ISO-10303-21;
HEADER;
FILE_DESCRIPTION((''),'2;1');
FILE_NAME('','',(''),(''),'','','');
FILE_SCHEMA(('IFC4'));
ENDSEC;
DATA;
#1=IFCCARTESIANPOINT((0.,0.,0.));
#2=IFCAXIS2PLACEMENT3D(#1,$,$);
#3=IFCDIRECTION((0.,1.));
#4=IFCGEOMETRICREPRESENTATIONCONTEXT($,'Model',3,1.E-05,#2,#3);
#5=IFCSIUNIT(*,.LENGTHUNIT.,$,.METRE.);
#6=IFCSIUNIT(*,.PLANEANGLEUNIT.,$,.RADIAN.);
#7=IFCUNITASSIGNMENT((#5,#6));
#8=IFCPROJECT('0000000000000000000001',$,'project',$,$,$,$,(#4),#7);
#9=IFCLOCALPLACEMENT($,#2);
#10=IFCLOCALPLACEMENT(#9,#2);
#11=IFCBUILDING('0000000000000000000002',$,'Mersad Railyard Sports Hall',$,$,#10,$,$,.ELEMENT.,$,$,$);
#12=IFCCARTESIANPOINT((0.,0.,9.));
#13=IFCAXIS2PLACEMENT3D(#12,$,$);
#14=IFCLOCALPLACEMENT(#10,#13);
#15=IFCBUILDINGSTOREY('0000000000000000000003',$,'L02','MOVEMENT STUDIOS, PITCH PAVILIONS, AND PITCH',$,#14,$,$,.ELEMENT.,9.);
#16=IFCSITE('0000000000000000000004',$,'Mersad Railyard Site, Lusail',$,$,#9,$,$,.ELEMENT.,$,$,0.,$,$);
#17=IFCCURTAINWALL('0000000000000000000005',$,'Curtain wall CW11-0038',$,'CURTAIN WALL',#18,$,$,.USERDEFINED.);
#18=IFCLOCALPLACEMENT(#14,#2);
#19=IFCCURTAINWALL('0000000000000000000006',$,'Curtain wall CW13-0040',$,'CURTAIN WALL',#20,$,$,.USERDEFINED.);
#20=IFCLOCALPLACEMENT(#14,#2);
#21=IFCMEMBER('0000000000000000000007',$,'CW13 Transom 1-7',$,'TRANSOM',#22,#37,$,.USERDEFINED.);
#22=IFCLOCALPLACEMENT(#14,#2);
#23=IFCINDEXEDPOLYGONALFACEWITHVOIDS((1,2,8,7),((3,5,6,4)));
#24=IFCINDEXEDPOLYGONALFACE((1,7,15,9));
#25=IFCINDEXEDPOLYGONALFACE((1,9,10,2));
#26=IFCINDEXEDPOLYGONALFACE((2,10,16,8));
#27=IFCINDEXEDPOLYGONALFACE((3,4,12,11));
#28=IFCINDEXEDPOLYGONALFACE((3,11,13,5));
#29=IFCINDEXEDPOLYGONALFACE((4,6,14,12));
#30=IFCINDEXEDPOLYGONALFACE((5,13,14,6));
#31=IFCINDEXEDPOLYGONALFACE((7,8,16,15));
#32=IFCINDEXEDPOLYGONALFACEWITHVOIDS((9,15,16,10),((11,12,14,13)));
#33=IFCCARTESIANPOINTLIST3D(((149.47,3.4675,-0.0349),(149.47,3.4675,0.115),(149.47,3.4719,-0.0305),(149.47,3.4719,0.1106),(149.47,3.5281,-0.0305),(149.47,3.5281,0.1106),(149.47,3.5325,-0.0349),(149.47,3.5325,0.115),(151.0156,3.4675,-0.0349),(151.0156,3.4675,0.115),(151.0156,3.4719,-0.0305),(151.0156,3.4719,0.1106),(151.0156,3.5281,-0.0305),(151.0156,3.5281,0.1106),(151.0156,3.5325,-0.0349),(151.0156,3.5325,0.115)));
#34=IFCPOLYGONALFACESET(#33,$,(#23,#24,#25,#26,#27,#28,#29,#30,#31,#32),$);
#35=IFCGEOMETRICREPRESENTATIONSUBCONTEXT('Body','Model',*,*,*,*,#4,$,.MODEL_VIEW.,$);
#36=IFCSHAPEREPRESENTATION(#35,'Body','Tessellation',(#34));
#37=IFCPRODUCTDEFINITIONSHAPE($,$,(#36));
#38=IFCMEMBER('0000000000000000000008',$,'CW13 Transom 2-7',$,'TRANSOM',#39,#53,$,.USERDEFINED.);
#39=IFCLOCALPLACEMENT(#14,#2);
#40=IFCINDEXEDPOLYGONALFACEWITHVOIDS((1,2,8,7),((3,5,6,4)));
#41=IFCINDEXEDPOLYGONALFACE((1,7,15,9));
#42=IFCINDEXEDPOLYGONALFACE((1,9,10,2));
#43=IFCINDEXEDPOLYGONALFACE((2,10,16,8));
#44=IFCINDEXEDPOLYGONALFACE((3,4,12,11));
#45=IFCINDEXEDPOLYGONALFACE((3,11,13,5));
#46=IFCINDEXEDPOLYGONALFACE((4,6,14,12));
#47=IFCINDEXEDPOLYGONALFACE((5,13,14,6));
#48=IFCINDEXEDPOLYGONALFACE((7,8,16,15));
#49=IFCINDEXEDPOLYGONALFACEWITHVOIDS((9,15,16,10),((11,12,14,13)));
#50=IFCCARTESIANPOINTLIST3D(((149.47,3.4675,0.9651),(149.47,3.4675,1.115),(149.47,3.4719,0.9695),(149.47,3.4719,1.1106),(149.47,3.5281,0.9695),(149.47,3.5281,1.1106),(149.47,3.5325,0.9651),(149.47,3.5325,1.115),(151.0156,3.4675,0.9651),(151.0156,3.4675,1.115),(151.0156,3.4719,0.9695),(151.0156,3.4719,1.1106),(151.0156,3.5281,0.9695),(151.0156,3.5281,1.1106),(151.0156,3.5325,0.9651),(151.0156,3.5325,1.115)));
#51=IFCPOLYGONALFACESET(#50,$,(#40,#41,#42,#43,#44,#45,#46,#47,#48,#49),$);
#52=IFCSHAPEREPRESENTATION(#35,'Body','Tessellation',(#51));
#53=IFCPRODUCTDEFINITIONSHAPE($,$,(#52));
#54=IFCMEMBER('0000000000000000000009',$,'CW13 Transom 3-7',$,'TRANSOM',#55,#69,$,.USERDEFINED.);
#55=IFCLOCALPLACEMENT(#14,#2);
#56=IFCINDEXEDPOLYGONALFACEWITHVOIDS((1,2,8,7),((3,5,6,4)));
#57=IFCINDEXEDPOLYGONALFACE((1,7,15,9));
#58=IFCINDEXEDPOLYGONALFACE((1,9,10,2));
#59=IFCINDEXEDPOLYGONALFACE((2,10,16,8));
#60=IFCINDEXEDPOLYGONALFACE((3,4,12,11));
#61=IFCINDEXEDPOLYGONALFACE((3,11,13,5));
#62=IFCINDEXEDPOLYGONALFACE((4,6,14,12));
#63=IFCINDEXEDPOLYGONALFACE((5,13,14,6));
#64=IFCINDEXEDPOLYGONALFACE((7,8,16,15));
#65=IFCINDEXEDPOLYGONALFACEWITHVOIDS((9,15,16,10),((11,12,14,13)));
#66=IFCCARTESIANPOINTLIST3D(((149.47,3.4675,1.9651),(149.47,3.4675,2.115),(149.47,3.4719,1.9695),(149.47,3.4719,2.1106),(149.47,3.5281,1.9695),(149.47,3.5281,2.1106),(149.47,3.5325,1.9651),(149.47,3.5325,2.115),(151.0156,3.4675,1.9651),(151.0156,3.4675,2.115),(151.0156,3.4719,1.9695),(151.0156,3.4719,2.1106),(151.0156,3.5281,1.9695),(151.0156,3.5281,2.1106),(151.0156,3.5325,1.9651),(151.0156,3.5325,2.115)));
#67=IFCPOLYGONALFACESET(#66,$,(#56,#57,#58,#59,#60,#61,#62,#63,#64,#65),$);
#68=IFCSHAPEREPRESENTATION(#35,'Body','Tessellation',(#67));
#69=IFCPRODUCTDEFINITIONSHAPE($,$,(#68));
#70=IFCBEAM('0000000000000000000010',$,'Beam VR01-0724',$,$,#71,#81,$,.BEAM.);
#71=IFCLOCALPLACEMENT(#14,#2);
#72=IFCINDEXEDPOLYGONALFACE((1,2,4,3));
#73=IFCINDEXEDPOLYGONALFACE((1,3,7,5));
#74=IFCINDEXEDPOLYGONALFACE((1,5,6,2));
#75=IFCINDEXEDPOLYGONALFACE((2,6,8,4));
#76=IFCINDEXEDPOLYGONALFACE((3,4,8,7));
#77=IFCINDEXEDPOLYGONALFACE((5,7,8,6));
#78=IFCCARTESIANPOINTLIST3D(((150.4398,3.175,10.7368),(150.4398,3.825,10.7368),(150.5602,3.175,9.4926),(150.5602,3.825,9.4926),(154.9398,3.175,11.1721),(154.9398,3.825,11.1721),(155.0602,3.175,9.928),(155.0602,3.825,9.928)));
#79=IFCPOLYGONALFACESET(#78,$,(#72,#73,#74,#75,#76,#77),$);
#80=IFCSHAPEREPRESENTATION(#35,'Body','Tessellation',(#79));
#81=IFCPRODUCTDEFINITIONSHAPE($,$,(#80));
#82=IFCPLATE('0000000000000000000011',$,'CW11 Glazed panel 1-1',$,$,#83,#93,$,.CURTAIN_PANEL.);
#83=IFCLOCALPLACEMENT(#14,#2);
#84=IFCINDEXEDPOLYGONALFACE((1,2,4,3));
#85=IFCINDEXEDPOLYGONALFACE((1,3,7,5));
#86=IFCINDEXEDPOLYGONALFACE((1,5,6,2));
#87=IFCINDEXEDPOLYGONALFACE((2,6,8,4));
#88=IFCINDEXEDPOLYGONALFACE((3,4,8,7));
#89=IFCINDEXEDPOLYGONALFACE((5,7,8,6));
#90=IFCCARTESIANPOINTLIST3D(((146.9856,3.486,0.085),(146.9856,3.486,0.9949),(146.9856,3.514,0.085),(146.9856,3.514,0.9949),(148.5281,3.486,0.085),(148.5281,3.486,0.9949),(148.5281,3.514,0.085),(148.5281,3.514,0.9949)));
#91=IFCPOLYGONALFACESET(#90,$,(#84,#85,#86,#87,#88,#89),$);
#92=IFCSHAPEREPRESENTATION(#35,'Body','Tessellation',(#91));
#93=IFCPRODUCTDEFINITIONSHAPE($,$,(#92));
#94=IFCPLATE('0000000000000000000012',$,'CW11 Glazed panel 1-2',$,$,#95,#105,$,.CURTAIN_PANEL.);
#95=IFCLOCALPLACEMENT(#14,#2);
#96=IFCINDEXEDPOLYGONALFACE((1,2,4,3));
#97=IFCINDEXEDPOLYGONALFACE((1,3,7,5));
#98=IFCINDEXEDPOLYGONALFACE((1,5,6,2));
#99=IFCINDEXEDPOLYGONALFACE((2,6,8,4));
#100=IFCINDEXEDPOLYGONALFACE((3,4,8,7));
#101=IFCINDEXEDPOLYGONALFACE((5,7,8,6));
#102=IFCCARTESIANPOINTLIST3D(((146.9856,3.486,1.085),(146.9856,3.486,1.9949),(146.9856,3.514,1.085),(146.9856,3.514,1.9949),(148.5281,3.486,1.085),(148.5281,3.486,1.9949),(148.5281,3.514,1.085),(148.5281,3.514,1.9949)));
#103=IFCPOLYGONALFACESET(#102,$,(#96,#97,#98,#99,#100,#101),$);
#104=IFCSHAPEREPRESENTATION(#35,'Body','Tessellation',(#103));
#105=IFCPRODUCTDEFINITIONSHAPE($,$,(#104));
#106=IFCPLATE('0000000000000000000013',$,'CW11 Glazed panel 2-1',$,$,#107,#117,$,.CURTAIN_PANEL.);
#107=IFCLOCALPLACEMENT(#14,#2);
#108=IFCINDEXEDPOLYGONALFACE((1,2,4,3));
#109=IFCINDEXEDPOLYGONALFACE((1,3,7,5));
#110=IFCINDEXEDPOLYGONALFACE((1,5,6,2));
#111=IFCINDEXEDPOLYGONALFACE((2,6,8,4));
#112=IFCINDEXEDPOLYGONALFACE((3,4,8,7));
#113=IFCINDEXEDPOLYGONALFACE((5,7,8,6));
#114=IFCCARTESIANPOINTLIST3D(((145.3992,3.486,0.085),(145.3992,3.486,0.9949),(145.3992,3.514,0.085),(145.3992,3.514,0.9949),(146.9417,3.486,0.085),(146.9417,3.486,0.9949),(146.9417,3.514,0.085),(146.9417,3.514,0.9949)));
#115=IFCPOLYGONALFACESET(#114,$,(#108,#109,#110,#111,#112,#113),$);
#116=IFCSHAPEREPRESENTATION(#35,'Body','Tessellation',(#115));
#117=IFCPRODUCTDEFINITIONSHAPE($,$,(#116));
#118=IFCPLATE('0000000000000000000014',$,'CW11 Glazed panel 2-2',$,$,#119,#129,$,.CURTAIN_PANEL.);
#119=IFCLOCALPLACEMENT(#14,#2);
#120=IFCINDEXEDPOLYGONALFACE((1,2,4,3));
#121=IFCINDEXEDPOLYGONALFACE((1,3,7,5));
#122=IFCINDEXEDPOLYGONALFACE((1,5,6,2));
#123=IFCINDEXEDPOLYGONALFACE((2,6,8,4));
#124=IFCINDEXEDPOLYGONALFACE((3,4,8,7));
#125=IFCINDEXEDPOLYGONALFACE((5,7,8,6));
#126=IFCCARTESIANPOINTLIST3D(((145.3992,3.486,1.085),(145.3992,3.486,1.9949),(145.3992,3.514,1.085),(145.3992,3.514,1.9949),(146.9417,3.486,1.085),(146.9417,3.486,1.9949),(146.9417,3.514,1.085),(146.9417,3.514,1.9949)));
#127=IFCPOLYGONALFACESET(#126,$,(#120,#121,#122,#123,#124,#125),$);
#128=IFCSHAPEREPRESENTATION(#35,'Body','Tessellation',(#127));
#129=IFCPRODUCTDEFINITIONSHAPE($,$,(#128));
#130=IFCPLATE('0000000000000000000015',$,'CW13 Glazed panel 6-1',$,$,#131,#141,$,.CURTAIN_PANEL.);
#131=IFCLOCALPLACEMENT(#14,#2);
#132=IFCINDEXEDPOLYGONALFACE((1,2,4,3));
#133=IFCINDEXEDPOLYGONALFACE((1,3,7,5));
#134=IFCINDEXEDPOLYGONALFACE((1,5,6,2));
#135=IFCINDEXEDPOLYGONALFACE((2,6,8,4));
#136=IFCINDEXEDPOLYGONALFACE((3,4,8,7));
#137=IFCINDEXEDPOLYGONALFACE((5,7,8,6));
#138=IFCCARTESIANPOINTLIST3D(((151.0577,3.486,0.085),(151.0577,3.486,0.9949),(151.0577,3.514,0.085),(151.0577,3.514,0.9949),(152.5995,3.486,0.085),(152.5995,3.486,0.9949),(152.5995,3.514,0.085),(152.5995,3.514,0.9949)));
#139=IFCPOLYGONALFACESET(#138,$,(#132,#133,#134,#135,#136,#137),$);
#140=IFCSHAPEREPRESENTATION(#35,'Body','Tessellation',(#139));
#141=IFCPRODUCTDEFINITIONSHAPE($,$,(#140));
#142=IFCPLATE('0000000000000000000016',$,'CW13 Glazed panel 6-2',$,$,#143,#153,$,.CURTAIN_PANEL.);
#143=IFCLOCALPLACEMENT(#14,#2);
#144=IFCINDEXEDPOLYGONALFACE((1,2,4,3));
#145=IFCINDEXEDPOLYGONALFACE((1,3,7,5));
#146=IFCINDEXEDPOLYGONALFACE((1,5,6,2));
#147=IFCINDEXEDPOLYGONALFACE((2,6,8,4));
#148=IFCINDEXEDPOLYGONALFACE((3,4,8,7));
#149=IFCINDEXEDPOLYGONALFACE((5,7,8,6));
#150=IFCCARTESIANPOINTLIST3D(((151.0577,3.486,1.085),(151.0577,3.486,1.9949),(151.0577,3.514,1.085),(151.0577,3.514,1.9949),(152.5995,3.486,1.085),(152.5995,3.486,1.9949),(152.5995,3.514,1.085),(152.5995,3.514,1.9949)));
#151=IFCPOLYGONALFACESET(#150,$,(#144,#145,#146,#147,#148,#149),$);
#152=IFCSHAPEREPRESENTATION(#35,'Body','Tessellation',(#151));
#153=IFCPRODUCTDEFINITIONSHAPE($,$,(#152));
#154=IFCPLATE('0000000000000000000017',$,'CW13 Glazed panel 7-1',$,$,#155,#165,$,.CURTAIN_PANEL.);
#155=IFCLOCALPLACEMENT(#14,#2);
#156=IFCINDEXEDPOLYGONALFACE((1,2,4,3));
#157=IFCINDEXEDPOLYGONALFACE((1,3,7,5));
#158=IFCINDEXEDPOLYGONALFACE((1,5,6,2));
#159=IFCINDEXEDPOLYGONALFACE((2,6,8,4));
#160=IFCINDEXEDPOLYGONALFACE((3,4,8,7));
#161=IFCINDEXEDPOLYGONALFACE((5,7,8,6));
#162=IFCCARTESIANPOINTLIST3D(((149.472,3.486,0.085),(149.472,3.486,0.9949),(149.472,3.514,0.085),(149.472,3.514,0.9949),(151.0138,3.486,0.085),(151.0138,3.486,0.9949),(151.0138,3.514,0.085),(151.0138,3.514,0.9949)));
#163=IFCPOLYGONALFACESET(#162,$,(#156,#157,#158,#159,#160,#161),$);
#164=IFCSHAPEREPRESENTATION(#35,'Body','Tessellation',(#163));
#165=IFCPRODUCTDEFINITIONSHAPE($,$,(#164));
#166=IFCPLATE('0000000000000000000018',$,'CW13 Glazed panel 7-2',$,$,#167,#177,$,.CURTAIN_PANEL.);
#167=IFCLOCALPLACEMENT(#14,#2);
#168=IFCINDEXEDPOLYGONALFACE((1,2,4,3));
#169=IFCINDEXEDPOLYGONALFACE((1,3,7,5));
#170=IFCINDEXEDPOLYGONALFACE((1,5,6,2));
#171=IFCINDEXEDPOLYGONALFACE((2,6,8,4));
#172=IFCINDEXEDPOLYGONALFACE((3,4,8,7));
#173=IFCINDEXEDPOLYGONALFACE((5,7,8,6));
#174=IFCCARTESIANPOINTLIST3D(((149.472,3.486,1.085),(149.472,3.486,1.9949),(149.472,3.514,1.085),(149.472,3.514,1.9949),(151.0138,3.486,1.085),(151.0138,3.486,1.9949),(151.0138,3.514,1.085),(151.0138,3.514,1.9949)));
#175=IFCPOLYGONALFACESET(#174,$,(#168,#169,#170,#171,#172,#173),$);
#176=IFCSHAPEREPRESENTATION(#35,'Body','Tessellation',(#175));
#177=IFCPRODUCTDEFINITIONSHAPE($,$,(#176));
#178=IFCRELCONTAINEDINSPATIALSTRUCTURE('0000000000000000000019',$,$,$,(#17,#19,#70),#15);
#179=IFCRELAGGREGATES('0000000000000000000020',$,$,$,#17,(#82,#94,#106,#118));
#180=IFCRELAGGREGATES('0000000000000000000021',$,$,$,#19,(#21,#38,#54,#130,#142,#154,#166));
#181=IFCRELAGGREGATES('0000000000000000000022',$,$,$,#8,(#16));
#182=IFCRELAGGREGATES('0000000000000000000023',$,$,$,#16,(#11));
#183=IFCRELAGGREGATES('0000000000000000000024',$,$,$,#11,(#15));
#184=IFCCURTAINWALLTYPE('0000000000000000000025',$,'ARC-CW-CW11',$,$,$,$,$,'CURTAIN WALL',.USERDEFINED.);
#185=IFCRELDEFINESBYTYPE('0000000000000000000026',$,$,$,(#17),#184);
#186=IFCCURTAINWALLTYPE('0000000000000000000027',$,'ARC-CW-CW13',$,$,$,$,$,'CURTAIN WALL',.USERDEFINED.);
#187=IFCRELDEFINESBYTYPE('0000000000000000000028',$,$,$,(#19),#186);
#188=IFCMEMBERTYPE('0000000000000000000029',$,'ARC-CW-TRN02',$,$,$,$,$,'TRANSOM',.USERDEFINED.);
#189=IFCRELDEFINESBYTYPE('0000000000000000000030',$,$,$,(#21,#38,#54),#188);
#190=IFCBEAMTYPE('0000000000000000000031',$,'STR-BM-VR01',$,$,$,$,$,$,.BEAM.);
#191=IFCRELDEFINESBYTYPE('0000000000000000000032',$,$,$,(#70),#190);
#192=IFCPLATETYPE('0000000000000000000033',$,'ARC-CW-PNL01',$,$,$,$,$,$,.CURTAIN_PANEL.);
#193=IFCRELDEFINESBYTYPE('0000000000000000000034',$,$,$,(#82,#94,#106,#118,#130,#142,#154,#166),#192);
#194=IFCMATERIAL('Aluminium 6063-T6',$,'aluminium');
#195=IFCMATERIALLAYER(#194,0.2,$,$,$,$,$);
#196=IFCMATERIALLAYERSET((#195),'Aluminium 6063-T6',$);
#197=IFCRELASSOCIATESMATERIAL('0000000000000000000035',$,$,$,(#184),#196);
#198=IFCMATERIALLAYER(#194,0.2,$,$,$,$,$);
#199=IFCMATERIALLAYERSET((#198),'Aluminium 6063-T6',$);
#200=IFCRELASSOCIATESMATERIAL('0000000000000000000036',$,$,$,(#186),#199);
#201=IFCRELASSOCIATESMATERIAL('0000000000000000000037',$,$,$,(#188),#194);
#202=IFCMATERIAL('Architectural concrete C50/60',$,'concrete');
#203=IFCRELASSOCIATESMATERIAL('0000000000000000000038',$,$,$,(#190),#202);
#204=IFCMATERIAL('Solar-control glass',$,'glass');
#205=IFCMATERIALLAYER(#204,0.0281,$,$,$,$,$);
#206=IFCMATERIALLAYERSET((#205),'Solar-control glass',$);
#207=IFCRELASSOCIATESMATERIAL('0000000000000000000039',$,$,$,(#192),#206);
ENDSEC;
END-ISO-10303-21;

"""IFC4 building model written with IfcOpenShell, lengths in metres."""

from ifc_helpers import new_model, si_unit, direction, frame, origin, origin_2d, place, context, subcontext, project, spatial, rectangle, hollow_rectangle, extrude, material, layer, layer_set, material_profile, profile_set, type_object, element, aggregate, save


model = new_model("IFC4")

# Units and contexts
model_context = context("Model", 3, precision=1e-05, world=origin(), true_north=direction((0.0, 1.0)))
body_context = subcontext(model_context, "Body", "Model", "MODEL_VIEW")
ifc_project = project(units=[si_unit("LENGTHUNIT", "METRE"), si_unit("PLANEANGLEUNIT", "RADIAN")], contexts=[model_context])

# Site, building, storey
site_placement = place(None, origin())
site = spatial("IfcSite", under=ifc_project, at=site_placement, Name="Mersad Railyard Site, Lusail", CompositionType="ELEMENT", RefElevation=0.0)
building_placement = place(site_placement, origin())
building = spatial("IfcBuilding", under=site, at=building_placement, Name="Mersad Railyard Sports Hall", CompositionType="ELEMENT")
storey_placement = place(building_placement, frame((0.0, 0.0, 9.0)))
storey = spatial("IfcBuildingStorey", under=building, at=storey_placement, Name="L02", Description="MOVEMENT STUDIOS, PITCH PAVILIONS, AND PITCH", CompositionType="ELEMENT", Elevation=9.0)

# Curtain walls
ifc_material_1 = material(Name="Aluminium 6063-T6", Category="aluminium")
ifc_layer_1 = layer(ifc_material_1, 0.2)
ifc_layer_set_1 = layer_set([ifc_layer_1], Name="Aluminium 6063-T6")
curtain_wall_type_1 = type_object("IfcCurtainWallType", Name="ARC-CW-CW11", ElementType="CURTAIN WALL", PredefinedType="USERDEFINED", material=ifc_layer_set_1)
curtain_wall_1_placement = place(storey_placement, origin())
curtain_wall_1 = element("IfcCurtainWall", 1, at=curtain_wall_1_placement, inside=storey, type_object=curtain_wall_type_1, Name="Curtain wall CW11-0038", ObjectType="CURTAIN WALL", PredefinedType="USERDEFINED")
ifc_layer_2 = layer(ifc_material_1, 0.2)
ifc_layer_set_2 = layer_set([ifc_layer_2], Name="Aluminium 6063-T6")
curtain_wall_type_2 = type_object("IfcCurtainWallType", Name="ARC-CW-CW13", ElementType="CURTAIN WALL", PredefinedType="USERDEFINED", material=ifc_layer_set_2)
curtain_wall_2_placement = place(storey_placement, origin())
curtain_wall_2 = element("IfcCurtainWall", 2, at=curtain_wall_2_placement, inside=storey, type_object=curtain_wall_type_2, Name="Curtain wall CW13-0040", ObjectType="CURTAIN WALL", PredefinedType="USERDEFINED")

# Members
ifc_material_profile_1 = material_profile(ifc_material_1, hollow_rectangle(XDim=0.0649, YDim=0.1499, WallThickness=0.0044, at=origin_2d()), Name="AL TRANSOM 65x150x4.5")
ifc_profile_set_1 = profile_set([ifc_material_profile_1], Name="Aluminium 6063-T6")
member_type_1 = type_object("IfcMemberType", Name="ARC-CW-TRN02", ElementType="TRANSOM", PredefinedType="USERDEFINED", material=ifc_profile_set_1)
member_1_placement = place(storey_placement, frame((151.0156, 3.5, 0.04), z_axis=(-1.0, 0.0, 0.0), x_axis=(0.0, -1.0, 0.0)))
member_1 = element("IfcMember", 3, at=member_1_placement, type_object=member_type_1, Name="CW13 Transom 1-7", ObjectType="TRANSOM", PredefinedType="USERDEFINED", context=body_context, shape_type="SweptSolid", body=[
    extrude(hollow_rectangle(XDim=0.0649, YDim=0.1499, WallThickness=0.0044, at=origin_2d()), origin(), (0.0, 0.0, 1.0), 1.5457),
])
member_2_placement = place(storey_placement, frame((151.0156, 3.5, 1.04), z_axis=(-1.0, 0.0, 0.0), x_axis=(0.0, -1.0, 0.0)))
member_2 = element("IfcMember", 4, at=member_2_placement, type_object=member_type_1, Name="CW13 Transom 2-7", ObjectType="TRANSOM", PredefinedType="USERDEFINED", context=body_context, shape_type="SweptSolid", body=[
    extrude(hollow_rectangle(XDim=0.0649, YDim=0.1499, WallThickness=0.0044, at=origin_2d()), origin(), (0.0, 0.0, 1.0), 1.5457),
])
member_3_placement = place(storey_placement, frame((151.0156, 3.5, 2.04), z_axis=(-1.0, 0.0, 0.0), x_axis=(0.0, -1.0, 0.0)))
member_3 = element("IfcMember", 5, at=member_3_placement, type_object=member_type_1, Name="CW13 Transom 3-7", ObjectType="TRANSOM", PredefinedType="USERDEFINED", context=body_context, shape_type="SweptSolid", body=[
    extrude(hollow_rectangle(XDim=0.0649, YDim=0.1499, WallThickness=0.0044, at=origin_2d()), origin(), (0.0, 0.0, 1.0), 1.5457),
])

# Beam
ifc_material_2 = material(Name="Architectural concrete C50/60", Category="concrete")
ifc_material_profile_2 = material_profile(ifc_material_2, rectangle(XDim=0.6499, YDim=1.25, at=origin_2d()), Name="VR 650x1250")
ifc_profile_set_2 = profile_set([ifc_material_profile_2], Name="Architectural concrete C50/60")
beam_type = type_object("IfcBeamType", Name="STR-BM-VR01", PredefinedType="BEAM", material=ifc_profile_set_2)
beam_placement = place(storey_placement, frame((150.5, 3.5, 10.1147), z_axis=(0.995354, 0.0, 0.096285), x_axis=(0.0, 1.0, 0.0)))
element("IfcBeam", 6, at=beam_placement, inside=storey, type_object=beam_type, Name="Beam VR01-0724", PredefinedType="BEAM", context=body_context, shape_type="SweptSolid", body=[
    extrude(rectangle(XDim=0.6499, YDim=1.25, at=origin_2d()), origin(), (0.0, 0.0, 1.0), 4.521),
])

# Plates
ifc_material_3 = material(Name="Solar-control glass", Category="glass")
ifc_layer_3 = layer(ifc_material_3, 0.0281)
ifc_layer_set_3 = layer_set([ifc_layer_3], Name="Solar-control glass")
plate_type = type_object("IfcPlateType", Name="ARC-CW-PNL01", PredefinedType="CURTAIN_PANEL", material=ifc_layer_set_3)
plate_1_placement = place(storey_placement, frame((147.7568, 3.5, 0.085), z_axis=(0.0, 0.0, 1.0), x_axis=(-1.0, 0.0, 0.0)))
plate_1 = element("IfcPlate", 7, at=plate_1_placement, type_object=plate_type, Name="CW11 Glazed panel 1-1", PredefinedType="CURTAIN_PANEL", context=body_context, shape_type="SweptSolid", body=[
    extrude(rectangle(XDim=1.5425, YDim=0.0281, at=origin_2d()), origin(), (0.0, 0.0, 1.0), 0.9099),
])
plate_2_placement = place(storey_placement, frame((147.7568, 3.5, 1.085), z_axis=(0.0, 0.0, 1.0), x_axis=(-1.0, 0.0, 0.0)))
plate_2 = element("IfcPlate", 8, at=plate_2_placement, type_object=plate_type, Name="CW11 Glazed panel 1-2", PredefinedType="CURTAIN_PANEL", context=body_context, shape_type="SweptSolid", body=[
    extrude(rectangle(XDim=1.5425, YDim=0.0281, at=origin_2d()), origin(), (0.0, 0.0, 1.0), 0.9099),
])
plate_3_placement = place(storey_placement, frame((146.1704, 3.5, 0.085), z_axis=(0.0, 0.0, 1.0), x_axis=(-1.0, 0.0, 0.0)))
plate_3 = element("IfcPlate", 9, at=plate_3_placement, type_object=plate_type, Name="CW11 Glazed panel 2-1", PredefinedType="CURTAIN_PANEL", context=body_context, shape_type="SweptSolid", body=[
    extrude(rectangle(XDim=1.5425, YDim=0.0281, at=origin_2d()), origin(), (0.0, 0.0, 1.0), 0.9099),
])
plate_4_placement = place(storey_placement, frame((146.1704, 3.5, 1.085), z_axis=(0.0, 0.0, 1.0), x_axis=(-1.0, 0.0, 0.0)))
plate_4 = element("IfcPlate", 10, at=plate_4_placement, type_object=plate_type, Name="CW11 Glazed panel 2-2", PredefinedType="CURTAIN_PANEL", context=body_context, shape_type="SweptSolid", body=[
    extrude(rectangle(XDim=1.5425, YDim=0.0281, at=origin_2d()), origin(), (0.0, 0.0, 1.0), 0.9099),
])
aggregate(curtain_wall_1, [plate_1, plate_2, plate_3, plate_4])
plate_5_placement = place(storey_placement, frame((151.8286, 3.5, 0.085), z_axis=(0.0, 0.0, 1.0), x_axis=(-1.0, 0.0, 0.0)))
plate_5 = element("IfcPlate", 11, at=plate_5_placement, type_object=plate_type, Name="CW13 Glazed panel 6-1", PredefinedType="CURTAIN_PANEL", context=body_context, shape_type="SweptSolid", body=[
    extrude(rectangle(XDim=1.5417, YDim=0.0281, at=origin_2d()), origin(), (0.0, 0.0, 1.0), 0.9099),
])
plate_6_placement = place(storey_placement, frame((151.8286, 3.5, 1.085), z_axis=(0.0, 0.0, 1.0), x_axis=(-1.0, 0.0, 0.0)))
plate_6 = element("IfcPlate", 12, at=plate_6_placement, type_object=plate_type, Name="CW13 Glazed panel 6-2", PredefinedType="CURTAIN_PANEL", context=body_context, shape_type="SweptSolid", body=[
    extrude(rectangle(XDim=1.5417, YDim=0.0281, at=origin_2d()), origin(), (0.0, 0.0, 1.0), 0.9099),
])
plate_7_placement = place(storey_placement, frame((150.2429, 3.5, 0.085), z_axis=(0.0, 0.0, 1.0), x_axis=(-1.0, 0.0, 0.0)))
plate_7 = element("IfcPlate", 13, at=plate_7_placement, type_object=plate_type, Name="CW13 Glazed panel 7-1", PredefinedType="CURTAIN_PANEL", context=body_context, shape_type="SweptSolid", body=[
    extrude(rectangle(XDim=1.5417, YDim=0.0281, at=origin_2d()), origin(), (0.0, 0.0, 1.0), 0.9099),
])
plate_8_placement = place(storey_placement, frame((150.2429, 3.5, 1.085), z_axis=(0.0, 0.0, 1.0), x_axis=(-1.0, 0.0, 0.0)))
plate_8 = element("IfcPlate", 14, at=plate_8_placement, type_object=plate_type, Name="CW13 Glazed panel 7-2", PredefinedType="CURTAIN_PANEL", context=body_context, shape_type="SweptSolid", body=[
    extrude(rectangle(XDim=1.5417, YDim=0.0281, at=origin_2d()), origin(), (0.0, 0.0, 1.0), 0.9099),
])
aggregate(curtain_wall_2, [member_1, member_2, member_3, plate_5, plate_6, plate_7, plate_8])

save(model, "model.ifc")
